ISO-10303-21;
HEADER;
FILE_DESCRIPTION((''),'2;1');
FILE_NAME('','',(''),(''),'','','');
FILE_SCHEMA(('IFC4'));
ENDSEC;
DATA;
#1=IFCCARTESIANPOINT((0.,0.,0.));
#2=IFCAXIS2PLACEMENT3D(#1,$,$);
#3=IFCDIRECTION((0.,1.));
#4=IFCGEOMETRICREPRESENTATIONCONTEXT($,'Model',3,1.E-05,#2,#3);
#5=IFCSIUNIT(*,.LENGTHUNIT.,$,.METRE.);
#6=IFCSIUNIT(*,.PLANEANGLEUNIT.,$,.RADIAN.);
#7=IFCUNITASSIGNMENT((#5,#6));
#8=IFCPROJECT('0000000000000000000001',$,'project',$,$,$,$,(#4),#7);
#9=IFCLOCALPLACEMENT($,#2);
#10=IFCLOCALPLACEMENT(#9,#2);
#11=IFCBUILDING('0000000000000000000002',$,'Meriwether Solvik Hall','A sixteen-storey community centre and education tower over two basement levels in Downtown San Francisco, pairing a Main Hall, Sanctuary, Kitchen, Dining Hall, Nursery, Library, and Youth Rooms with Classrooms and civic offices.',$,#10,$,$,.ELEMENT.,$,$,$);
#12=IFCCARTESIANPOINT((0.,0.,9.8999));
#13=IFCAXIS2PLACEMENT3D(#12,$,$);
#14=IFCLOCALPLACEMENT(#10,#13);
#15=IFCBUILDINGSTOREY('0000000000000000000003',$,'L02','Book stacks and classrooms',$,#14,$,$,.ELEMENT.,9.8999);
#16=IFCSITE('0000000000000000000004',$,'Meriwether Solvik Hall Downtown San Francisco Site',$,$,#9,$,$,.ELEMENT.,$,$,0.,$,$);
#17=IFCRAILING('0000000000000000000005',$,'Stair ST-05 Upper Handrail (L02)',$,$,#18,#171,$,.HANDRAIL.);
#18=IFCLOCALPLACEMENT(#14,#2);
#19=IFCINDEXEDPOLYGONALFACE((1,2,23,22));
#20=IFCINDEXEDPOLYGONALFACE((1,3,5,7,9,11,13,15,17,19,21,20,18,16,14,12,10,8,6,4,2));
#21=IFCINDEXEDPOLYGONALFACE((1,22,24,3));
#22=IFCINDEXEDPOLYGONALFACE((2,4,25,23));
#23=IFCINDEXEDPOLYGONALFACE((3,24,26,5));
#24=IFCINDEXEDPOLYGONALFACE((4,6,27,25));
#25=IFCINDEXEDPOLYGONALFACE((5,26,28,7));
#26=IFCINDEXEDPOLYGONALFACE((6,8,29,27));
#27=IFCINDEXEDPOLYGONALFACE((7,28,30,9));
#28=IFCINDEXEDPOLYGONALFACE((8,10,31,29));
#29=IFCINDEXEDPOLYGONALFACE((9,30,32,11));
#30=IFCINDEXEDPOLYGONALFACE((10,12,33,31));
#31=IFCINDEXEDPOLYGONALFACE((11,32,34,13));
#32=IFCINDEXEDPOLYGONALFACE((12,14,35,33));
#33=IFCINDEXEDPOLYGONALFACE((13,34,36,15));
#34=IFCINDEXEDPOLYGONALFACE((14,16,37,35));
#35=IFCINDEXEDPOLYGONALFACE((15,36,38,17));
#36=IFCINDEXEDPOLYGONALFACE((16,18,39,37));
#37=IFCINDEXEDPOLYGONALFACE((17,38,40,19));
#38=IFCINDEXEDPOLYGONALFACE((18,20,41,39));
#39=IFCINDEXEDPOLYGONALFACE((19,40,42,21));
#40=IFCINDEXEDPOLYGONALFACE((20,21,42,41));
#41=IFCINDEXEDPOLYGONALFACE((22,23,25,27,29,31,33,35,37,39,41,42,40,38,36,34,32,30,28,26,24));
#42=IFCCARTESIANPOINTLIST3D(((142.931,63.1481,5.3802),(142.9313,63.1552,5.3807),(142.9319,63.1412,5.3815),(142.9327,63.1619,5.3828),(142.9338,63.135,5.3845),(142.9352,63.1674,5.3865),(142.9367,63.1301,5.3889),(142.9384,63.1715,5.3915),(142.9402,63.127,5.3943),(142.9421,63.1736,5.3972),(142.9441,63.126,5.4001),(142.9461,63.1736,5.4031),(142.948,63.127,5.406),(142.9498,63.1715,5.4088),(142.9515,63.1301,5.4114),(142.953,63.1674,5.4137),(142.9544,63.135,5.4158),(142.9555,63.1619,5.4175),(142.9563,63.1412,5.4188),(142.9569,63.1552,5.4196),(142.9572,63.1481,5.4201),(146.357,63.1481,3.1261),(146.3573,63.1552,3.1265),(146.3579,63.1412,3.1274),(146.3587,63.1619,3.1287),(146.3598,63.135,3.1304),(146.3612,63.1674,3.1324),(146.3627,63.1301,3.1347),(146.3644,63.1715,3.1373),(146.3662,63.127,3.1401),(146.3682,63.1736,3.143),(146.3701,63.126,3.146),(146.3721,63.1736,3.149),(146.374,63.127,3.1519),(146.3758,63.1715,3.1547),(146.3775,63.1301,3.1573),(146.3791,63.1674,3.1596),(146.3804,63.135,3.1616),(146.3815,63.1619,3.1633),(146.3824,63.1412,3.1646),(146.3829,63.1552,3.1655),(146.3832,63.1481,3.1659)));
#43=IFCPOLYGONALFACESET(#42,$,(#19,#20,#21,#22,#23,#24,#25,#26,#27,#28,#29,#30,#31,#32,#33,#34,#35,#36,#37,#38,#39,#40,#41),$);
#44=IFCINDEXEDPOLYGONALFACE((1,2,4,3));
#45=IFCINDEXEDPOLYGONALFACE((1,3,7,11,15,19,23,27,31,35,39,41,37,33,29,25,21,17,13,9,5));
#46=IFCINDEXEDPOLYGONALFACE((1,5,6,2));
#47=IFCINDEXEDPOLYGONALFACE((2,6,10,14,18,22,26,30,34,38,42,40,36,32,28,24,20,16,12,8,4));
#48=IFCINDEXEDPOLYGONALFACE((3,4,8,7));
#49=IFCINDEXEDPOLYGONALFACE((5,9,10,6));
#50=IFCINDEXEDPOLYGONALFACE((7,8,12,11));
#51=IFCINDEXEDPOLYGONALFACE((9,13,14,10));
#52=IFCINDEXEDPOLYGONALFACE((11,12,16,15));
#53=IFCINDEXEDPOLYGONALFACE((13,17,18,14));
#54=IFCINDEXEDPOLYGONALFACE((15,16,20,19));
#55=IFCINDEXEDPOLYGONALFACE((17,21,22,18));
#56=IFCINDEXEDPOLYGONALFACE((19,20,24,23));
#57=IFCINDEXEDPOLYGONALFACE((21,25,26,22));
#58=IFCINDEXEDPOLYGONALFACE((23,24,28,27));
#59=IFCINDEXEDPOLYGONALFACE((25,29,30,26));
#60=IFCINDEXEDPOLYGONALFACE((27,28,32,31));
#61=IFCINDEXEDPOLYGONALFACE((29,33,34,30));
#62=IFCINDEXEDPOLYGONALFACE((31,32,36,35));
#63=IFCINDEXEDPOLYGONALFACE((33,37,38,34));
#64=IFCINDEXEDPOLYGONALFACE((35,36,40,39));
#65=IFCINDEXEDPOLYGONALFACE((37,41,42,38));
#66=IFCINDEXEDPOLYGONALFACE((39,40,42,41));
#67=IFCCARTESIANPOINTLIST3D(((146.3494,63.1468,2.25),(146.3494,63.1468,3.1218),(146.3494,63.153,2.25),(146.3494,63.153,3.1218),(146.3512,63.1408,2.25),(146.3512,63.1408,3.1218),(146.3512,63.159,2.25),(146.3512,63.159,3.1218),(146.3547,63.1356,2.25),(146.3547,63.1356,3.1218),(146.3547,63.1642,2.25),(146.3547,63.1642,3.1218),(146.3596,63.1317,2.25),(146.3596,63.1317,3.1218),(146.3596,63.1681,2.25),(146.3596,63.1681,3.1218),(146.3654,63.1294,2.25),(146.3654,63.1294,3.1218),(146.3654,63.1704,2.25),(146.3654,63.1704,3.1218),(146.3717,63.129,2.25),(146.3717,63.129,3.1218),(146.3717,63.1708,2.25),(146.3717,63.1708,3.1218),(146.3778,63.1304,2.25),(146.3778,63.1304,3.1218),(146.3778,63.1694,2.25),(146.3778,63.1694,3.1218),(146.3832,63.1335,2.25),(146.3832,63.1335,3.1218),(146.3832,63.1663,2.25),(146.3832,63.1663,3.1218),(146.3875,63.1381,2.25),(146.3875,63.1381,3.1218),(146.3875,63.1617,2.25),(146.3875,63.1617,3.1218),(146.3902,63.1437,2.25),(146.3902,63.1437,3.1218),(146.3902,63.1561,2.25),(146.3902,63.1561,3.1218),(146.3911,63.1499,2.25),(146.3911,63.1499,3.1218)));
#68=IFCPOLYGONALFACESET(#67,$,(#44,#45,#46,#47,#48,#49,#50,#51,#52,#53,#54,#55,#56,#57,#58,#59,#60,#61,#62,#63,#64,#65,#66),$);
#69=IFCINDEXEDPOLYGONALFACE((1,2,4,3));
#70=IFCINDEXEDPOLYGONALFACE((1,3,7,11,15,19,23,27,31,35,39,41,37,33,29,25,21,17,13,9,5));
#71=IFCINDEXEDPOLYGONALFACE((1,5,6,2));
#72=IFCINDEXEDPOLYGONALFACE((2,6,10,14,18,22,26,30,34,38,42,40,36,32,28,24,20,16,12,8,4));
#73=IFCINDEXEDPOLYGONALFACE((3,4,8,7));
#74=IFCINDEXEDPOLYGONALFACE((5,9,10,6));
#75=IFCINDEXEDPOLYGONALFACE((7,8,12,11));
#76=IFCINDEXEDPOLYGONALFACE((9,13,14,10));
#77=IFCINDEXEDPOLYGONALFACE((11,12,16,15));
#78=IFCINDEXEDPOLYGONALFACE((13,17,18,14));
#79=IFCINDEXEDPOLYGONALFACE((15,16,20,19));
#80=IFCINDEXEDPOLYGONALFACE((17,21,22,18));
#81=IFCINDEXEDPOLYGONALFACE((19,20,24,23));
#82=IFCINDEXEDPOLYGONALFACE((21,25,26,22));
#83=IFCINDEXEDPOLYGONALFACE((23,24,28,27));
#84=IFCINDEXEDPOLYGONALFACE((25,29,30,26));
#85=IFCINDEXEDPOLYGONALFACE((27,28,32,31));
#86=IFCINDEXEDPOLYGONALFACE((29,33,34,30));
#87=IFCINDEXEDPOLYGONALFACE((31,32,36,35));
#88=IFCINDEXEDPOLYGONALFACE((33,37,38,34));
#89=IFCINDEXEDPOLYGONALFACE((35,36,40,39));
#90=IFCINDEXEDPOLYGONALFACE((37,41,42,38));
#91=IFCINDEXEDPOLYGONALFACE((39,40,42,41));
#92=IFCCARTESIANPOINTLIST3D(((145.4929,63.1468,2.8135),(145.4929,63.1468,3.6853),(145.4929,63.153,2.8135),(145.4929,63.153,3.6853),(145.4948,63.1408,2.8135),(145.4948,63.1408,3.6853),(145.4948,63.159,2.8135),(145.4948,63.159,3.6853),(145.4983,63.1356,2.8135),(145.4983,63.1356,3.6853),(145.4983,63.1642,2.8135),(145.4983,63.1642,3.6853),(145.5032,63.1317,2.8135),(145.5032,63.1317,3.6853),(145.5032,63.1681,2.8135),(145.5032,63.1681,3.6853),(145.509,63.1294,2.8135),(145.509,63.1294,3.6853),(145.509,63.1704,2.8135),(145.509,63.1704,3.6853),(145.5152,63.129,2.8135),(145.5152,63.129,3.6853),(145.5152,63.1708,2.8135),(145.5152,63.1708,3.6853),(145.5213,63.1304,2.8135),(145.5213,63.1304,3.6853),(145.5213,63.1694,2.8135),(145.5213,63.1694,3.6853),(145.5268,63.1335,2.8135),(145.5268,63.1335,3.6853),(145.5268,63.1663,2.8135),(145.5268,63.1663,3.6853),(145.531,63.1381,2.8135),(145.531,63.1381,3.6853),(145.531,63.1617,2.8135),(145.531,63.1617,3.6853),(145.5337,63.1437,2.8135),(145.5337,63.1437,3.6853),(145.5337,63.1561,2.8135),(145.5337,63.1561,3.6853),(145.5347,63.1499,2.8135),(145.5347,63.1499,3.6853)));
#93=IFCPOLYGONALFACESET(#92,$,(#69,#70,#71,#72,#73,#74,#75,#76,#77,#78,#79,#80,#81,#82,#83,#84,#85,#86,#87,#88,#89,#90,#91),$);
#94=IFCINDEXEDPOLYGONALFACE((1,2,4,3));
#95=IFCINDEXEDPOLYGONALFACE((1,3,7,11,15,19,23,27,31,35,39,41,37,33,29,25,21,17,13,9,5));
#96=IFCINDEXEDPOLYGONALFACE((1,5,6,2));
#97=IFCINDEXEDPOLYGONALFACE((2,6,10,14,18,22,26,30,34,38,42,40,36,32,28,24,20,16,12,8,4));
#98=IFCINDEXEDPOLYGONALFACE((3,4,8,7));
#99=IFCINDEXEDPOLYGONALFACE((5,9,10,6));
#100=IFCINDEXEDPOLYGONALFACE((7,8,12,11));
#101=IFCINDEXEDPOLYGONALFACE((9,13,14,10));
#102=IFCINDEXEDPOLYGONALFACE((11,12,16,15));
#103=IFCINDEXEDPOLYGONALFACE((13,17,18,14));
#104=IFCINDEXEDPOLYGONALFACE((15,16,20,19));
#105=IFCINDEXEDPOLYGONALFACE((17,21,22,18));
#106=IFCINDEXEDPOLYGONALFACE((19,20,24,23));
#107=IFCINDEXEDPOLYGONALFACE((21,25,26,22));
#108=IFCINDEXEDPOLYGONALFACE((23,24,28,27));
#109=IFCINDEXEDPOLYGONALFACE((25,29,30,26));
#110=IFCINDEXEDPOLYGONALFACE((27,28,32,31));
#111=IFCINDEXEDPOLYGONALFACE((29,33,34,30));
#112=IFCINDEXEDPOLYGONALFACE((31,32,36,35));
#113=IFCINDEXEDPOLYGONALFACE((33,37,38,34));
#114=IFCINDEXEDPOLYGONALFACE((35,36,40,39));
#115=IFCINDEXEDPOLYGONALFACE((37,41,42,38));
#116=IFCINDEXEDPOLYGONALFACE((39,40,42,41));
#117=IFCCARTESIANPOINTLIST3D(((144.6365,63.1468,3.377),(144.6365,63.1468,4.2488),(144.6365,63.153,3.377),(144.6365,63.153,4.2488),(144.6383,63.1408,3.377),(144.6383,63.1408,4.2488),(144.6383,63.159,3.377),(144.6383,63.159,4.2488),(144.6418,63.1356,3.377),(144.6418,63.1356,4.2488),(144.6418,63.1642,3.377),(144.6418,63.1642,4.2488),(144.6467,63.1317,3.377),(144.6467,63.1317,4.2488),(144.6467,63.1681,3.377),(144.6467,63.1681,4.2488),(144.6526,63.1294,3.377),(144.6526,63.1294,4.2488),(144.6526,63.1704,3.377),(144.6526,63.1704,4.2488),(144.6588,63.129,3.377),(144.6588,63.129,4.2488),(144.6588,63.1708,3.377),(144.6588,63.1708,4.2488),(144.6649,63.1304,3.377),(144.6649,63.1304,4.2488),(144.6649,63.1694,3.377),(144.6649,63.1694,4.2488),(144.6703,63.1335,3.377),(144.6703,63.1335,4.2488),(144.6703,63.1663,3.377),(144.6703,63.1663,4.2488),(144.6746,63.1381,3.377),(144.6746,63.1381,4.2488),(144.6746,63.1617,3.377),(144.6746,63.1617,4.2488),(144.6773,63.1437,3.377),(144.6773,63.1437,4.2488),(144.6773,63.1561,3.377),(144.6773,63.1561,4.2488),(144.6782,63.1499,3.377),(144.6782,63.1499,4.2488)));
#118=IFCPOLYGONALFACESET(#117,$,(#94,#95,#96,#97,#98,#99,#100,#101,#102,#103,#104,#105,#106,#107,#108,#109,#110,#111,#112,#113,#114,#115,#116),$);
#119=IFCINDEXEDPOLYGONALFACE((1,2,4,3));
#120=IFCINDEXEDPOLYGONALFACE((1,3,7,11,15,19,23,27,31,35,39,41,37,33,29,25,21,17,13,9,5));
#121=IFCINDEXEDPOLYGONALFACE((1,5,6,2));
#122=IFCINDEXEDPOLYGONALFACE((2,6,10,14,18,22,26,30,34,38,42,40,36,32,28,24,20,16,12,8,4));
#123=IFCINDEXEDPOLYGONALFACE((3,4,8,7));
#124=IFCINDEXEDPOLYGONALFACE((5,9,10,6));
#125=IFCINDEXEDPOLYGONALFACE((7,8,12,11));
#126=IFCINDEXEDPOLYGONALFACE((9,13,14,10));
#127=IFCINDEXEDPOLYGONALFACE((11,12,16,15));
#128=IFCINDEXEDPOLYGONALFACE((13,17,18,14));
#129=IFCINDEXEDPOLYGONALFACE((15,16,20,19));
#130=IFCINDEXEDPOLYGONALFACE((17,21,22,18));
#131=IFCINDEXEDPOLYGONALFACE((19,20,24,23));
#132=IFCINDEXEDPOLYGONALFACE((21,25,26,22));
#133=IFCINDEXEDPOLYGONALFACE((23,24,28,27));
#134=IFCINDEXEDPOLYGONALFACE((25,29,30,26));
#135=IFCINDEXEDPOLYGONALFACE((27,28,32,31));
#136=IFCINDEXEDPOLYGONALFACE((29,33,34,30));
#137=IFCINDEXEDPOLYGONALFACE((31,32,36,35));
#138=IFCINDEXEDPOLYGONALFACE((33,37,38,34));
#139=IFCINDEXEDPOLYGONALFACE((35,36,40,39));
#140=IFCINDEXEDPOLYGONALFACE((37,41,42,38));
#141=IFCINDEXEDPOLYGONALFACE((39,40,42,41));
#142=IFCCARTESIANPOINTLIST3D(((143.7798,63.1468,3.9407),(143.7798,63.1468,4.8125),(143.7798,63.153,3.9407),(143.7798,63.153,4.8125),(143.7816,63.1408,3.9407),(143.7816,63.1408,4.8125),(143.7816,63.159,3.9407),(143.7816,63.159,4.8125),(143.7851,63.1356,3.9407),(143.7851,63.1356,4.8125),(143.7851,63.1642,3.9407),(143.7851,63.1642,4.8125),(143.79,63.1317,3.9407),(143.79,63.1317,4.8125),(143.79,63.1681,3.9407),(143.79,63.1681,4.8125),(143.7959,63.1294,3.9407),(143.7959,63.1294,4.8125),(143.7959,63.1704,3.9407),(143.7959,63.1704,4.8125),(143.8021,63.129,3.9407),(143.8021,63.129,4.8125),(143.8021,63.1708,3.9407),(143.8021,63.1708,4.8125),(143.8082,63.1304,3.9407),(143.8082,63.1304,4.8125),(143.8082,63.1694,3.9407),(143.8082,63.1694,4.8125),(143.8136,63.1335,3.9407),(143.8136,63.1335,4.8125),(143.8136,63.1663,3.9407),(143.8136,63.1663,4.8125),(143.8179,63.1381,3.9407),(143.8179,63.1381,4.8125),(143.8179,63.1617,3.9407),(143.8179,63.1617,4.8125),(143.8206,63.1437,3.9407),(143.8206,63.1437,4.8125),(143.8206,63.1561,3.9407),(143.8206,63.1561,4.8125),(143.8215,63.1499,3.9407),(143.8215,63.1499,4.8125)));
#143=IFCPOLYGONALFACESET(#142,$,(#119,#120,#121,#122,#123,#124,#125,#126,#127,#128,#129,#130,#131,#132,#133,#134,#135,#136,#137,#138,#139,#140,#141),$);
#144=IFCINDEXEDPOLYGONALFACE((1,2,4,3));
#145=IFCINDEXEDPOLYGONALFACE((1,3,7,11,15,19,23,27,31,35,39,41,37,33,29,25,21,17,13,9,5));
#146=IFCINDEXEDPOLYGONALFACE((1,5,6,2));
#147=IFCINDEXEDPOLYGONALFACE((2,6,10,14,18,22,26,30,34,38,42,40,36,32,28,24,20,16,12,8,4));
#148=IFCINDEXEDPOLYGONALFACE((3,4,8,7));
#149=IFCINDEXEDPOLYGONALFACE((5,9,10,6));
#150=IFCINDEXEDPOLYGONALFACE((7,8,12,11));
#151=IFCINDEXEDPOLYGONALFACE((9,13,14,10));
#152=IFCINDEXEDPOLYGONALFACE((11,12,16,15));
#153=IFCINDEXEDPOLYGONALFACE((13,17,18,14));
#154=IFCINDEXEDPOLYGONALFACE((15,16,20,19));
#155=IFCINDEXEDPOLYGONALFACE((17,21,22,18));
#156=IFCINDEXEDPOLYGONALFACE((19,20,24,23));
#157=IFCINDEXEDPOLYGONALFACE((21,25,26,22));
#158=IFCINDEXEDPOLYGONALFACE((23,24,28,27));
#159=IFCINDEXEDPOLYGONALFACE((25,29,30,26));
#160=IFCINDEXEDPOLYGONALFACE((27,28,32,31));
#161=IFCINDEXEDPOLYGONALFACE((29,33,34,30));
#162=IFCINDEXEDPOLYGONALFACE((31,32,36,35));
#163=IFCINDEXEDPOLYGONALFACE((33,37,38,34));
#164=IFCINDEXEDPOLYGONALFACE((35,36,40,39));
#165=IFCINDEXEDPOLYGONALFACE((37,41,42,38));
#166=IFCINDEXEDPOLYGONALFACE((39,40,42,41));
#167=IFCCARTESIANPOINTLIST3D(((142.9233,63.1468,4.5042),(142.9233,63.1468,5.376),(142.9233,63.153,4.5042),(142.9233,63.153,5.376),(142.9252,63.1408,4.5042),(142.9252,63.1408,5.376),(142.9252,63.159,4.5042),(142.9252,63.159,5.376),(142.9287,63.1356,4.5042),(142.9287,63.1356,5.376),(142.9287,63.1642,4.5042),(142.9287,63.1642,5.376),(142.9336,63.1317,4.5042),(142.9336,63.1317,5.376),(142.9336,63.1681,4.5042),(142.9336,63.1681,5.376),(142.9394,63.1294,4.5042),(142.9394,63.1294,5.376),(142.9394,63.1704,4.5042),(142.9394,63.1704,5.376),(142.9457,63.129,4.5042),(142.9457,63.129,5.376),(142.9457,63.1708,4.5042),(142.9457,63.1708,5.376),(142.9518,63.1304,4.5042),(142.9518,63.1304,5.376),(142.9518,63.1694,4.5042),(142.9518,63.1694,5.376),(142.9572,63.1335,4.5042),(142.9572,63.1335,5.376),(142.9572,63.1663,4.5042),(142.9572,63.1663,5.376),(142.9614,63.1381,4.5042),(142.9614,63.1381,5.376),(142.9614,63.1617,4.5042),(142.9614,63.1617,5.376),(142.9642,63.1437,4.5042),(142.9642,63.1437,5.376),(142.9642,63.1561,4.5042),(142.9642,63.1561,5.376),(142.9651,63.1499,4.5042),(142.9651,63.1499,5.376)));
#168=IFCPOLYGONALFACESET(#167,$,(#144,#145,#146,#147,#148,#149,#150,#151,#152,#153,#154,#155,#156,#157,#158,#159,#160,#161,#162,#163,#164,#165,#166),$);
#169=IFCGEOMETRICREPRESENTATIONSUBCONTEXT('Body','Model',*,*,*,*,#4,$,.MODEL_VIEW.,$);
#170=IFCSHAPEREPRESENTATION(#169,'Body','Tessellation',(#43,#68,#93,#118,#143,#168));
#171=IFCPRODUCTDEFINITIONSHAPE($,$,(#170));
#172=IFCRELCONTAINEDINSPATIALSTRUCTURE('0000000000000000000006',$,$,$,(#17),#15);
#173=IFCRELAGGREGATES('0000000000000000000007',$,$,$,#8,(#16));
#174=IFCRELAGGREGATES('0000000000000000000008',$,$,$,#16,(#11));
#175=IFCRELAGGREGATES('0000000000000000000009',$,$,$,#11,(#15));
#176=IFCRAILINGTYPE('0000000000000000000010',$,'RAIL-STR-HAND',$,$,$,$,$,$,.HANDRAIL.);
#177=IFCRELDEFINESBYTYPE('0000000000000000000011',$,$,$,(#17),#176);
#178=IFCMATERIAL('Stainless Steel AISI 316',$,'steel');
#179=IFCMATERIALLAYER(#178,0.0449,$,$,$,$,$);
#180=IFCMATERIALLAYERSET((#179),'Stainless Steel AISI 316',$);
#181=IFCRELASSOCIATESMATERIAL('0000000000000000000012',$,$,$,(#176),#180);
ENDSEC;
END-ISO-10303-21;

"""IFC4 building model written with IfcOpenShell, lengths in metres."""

from ifc_helpers import new_model, si_unit, direction, frame, origin, origin_2d, place, context, subcontext, project, spatial, circle, extrude, material, layer, layer_set, type_object, element, save


model = new_model("IFC4")

# Units and contexts
model_context = context("Model", 3, precision=1e-05, world=origin(), true_north=direction((0.0, 1.0)))
body_context = subcontext(model_context, "Body", "Model", "MODEL_VIEW")
ifc_project = project(units=[si_unit("LENGTHUNIT", "METRE"), si_unit("PLANEANGLEUNIT", "RADIAN")], contexts=[model_context])

# Site, building, storey
site_placement = place(None, origin())
site = spatial("IfcSite", under=ifc_project, at=site_placement, Name="Meriwether Solvik Hall Downtown San Francisco Site", CompositionType="ELEMENT", RefElevation=0.0)
building_placement = place(site_placement, origin())
building = spatial("IfcBuilding", under=site, at=building_placement, Name="Meriwether Solvik Hall", Description="A sixteen-storey community centre and education tower over two basement levels in Downtown San Francisco, pairing a Main Hall, Sanctuary, Kitchen, Dining Hall, Nursery, Library, and Youth Rooms with Classrooms and civic offices.", CompositionType="ELEMENT")
storey_placement = place(building_placement, frame((0.0, 0.0, 9.8999)))
storey = spatial("IfcBuildingStorey", under=building, at=storey_placement, Name="L02", Description="Book stacks and classrooms", CompositionType="ELEMENT", Elevation=9.8999)

# Railing
ifc_material_1 = material(Name="Stainless Steel AISI 316", Category="steel")
ifc_layer_1 = layer(ifc_material_1, 0.0449)
ifc_layer_set_1 = layer_set([ifc_layer_1], Name="Stainless Steel AISI 316")
railing_type_1 = type_object("IfcRailingType", Name="RAIL-STR-HAND", PredefinedType="HANDRAIL", material=ifc_layer_set_1)
railing_1_placement = place(storey_placement, frame((146.3701, 63.1499, 2.25)))
element("IfcRailing", 1, at=railing_1_placement, inside=storey, type_object=railing_type_1, Name="Stair ST-05 Upper Handrail (L02)", PredefinedType="HANDRAIL", context=body_context, shape_type="SweptSolid", body=[
    extrude(circle(Radius=0.0239, at=origin_2d()), frame((0.0, 0.0, 0.896), z_axis=(-0.835396, 0.0, 0.549648), x_axis=(0.0, -1.0, 0.0)), (0.0, 0.0, 1.0), 4.1011),
    extrude(circle(Radius=0.021, at=origin_2d()), origin(), (0.0, 0.0, 1.0), 0.8718),
    extrude(circle(Radius=0.021, at=origin_2d()), frame((-0.8564, 0.0, 0.5635)), (0.0, 0.0, 1.0), 0.8718),
    extrude(circle(Radius=0.021, at=origin_2d()), frame((-1.7129, 0.0, 1.127)), (0.0, 0.0, 1.0), 0.8718),
    extrude(circle(Radius=0.021, at=origin_2d()), frame((-2.5696, 0.0, 1.6907)), (0.0, 0.0, 1.0), 0.8718),
    extrude(circle(Radius=0.021, at=origin_2d()), frame((-3.426, 0.0, 2.2542)), (0.0, 0.0, 1.0), 0.8718),
])

save(model, "model.ifc")
